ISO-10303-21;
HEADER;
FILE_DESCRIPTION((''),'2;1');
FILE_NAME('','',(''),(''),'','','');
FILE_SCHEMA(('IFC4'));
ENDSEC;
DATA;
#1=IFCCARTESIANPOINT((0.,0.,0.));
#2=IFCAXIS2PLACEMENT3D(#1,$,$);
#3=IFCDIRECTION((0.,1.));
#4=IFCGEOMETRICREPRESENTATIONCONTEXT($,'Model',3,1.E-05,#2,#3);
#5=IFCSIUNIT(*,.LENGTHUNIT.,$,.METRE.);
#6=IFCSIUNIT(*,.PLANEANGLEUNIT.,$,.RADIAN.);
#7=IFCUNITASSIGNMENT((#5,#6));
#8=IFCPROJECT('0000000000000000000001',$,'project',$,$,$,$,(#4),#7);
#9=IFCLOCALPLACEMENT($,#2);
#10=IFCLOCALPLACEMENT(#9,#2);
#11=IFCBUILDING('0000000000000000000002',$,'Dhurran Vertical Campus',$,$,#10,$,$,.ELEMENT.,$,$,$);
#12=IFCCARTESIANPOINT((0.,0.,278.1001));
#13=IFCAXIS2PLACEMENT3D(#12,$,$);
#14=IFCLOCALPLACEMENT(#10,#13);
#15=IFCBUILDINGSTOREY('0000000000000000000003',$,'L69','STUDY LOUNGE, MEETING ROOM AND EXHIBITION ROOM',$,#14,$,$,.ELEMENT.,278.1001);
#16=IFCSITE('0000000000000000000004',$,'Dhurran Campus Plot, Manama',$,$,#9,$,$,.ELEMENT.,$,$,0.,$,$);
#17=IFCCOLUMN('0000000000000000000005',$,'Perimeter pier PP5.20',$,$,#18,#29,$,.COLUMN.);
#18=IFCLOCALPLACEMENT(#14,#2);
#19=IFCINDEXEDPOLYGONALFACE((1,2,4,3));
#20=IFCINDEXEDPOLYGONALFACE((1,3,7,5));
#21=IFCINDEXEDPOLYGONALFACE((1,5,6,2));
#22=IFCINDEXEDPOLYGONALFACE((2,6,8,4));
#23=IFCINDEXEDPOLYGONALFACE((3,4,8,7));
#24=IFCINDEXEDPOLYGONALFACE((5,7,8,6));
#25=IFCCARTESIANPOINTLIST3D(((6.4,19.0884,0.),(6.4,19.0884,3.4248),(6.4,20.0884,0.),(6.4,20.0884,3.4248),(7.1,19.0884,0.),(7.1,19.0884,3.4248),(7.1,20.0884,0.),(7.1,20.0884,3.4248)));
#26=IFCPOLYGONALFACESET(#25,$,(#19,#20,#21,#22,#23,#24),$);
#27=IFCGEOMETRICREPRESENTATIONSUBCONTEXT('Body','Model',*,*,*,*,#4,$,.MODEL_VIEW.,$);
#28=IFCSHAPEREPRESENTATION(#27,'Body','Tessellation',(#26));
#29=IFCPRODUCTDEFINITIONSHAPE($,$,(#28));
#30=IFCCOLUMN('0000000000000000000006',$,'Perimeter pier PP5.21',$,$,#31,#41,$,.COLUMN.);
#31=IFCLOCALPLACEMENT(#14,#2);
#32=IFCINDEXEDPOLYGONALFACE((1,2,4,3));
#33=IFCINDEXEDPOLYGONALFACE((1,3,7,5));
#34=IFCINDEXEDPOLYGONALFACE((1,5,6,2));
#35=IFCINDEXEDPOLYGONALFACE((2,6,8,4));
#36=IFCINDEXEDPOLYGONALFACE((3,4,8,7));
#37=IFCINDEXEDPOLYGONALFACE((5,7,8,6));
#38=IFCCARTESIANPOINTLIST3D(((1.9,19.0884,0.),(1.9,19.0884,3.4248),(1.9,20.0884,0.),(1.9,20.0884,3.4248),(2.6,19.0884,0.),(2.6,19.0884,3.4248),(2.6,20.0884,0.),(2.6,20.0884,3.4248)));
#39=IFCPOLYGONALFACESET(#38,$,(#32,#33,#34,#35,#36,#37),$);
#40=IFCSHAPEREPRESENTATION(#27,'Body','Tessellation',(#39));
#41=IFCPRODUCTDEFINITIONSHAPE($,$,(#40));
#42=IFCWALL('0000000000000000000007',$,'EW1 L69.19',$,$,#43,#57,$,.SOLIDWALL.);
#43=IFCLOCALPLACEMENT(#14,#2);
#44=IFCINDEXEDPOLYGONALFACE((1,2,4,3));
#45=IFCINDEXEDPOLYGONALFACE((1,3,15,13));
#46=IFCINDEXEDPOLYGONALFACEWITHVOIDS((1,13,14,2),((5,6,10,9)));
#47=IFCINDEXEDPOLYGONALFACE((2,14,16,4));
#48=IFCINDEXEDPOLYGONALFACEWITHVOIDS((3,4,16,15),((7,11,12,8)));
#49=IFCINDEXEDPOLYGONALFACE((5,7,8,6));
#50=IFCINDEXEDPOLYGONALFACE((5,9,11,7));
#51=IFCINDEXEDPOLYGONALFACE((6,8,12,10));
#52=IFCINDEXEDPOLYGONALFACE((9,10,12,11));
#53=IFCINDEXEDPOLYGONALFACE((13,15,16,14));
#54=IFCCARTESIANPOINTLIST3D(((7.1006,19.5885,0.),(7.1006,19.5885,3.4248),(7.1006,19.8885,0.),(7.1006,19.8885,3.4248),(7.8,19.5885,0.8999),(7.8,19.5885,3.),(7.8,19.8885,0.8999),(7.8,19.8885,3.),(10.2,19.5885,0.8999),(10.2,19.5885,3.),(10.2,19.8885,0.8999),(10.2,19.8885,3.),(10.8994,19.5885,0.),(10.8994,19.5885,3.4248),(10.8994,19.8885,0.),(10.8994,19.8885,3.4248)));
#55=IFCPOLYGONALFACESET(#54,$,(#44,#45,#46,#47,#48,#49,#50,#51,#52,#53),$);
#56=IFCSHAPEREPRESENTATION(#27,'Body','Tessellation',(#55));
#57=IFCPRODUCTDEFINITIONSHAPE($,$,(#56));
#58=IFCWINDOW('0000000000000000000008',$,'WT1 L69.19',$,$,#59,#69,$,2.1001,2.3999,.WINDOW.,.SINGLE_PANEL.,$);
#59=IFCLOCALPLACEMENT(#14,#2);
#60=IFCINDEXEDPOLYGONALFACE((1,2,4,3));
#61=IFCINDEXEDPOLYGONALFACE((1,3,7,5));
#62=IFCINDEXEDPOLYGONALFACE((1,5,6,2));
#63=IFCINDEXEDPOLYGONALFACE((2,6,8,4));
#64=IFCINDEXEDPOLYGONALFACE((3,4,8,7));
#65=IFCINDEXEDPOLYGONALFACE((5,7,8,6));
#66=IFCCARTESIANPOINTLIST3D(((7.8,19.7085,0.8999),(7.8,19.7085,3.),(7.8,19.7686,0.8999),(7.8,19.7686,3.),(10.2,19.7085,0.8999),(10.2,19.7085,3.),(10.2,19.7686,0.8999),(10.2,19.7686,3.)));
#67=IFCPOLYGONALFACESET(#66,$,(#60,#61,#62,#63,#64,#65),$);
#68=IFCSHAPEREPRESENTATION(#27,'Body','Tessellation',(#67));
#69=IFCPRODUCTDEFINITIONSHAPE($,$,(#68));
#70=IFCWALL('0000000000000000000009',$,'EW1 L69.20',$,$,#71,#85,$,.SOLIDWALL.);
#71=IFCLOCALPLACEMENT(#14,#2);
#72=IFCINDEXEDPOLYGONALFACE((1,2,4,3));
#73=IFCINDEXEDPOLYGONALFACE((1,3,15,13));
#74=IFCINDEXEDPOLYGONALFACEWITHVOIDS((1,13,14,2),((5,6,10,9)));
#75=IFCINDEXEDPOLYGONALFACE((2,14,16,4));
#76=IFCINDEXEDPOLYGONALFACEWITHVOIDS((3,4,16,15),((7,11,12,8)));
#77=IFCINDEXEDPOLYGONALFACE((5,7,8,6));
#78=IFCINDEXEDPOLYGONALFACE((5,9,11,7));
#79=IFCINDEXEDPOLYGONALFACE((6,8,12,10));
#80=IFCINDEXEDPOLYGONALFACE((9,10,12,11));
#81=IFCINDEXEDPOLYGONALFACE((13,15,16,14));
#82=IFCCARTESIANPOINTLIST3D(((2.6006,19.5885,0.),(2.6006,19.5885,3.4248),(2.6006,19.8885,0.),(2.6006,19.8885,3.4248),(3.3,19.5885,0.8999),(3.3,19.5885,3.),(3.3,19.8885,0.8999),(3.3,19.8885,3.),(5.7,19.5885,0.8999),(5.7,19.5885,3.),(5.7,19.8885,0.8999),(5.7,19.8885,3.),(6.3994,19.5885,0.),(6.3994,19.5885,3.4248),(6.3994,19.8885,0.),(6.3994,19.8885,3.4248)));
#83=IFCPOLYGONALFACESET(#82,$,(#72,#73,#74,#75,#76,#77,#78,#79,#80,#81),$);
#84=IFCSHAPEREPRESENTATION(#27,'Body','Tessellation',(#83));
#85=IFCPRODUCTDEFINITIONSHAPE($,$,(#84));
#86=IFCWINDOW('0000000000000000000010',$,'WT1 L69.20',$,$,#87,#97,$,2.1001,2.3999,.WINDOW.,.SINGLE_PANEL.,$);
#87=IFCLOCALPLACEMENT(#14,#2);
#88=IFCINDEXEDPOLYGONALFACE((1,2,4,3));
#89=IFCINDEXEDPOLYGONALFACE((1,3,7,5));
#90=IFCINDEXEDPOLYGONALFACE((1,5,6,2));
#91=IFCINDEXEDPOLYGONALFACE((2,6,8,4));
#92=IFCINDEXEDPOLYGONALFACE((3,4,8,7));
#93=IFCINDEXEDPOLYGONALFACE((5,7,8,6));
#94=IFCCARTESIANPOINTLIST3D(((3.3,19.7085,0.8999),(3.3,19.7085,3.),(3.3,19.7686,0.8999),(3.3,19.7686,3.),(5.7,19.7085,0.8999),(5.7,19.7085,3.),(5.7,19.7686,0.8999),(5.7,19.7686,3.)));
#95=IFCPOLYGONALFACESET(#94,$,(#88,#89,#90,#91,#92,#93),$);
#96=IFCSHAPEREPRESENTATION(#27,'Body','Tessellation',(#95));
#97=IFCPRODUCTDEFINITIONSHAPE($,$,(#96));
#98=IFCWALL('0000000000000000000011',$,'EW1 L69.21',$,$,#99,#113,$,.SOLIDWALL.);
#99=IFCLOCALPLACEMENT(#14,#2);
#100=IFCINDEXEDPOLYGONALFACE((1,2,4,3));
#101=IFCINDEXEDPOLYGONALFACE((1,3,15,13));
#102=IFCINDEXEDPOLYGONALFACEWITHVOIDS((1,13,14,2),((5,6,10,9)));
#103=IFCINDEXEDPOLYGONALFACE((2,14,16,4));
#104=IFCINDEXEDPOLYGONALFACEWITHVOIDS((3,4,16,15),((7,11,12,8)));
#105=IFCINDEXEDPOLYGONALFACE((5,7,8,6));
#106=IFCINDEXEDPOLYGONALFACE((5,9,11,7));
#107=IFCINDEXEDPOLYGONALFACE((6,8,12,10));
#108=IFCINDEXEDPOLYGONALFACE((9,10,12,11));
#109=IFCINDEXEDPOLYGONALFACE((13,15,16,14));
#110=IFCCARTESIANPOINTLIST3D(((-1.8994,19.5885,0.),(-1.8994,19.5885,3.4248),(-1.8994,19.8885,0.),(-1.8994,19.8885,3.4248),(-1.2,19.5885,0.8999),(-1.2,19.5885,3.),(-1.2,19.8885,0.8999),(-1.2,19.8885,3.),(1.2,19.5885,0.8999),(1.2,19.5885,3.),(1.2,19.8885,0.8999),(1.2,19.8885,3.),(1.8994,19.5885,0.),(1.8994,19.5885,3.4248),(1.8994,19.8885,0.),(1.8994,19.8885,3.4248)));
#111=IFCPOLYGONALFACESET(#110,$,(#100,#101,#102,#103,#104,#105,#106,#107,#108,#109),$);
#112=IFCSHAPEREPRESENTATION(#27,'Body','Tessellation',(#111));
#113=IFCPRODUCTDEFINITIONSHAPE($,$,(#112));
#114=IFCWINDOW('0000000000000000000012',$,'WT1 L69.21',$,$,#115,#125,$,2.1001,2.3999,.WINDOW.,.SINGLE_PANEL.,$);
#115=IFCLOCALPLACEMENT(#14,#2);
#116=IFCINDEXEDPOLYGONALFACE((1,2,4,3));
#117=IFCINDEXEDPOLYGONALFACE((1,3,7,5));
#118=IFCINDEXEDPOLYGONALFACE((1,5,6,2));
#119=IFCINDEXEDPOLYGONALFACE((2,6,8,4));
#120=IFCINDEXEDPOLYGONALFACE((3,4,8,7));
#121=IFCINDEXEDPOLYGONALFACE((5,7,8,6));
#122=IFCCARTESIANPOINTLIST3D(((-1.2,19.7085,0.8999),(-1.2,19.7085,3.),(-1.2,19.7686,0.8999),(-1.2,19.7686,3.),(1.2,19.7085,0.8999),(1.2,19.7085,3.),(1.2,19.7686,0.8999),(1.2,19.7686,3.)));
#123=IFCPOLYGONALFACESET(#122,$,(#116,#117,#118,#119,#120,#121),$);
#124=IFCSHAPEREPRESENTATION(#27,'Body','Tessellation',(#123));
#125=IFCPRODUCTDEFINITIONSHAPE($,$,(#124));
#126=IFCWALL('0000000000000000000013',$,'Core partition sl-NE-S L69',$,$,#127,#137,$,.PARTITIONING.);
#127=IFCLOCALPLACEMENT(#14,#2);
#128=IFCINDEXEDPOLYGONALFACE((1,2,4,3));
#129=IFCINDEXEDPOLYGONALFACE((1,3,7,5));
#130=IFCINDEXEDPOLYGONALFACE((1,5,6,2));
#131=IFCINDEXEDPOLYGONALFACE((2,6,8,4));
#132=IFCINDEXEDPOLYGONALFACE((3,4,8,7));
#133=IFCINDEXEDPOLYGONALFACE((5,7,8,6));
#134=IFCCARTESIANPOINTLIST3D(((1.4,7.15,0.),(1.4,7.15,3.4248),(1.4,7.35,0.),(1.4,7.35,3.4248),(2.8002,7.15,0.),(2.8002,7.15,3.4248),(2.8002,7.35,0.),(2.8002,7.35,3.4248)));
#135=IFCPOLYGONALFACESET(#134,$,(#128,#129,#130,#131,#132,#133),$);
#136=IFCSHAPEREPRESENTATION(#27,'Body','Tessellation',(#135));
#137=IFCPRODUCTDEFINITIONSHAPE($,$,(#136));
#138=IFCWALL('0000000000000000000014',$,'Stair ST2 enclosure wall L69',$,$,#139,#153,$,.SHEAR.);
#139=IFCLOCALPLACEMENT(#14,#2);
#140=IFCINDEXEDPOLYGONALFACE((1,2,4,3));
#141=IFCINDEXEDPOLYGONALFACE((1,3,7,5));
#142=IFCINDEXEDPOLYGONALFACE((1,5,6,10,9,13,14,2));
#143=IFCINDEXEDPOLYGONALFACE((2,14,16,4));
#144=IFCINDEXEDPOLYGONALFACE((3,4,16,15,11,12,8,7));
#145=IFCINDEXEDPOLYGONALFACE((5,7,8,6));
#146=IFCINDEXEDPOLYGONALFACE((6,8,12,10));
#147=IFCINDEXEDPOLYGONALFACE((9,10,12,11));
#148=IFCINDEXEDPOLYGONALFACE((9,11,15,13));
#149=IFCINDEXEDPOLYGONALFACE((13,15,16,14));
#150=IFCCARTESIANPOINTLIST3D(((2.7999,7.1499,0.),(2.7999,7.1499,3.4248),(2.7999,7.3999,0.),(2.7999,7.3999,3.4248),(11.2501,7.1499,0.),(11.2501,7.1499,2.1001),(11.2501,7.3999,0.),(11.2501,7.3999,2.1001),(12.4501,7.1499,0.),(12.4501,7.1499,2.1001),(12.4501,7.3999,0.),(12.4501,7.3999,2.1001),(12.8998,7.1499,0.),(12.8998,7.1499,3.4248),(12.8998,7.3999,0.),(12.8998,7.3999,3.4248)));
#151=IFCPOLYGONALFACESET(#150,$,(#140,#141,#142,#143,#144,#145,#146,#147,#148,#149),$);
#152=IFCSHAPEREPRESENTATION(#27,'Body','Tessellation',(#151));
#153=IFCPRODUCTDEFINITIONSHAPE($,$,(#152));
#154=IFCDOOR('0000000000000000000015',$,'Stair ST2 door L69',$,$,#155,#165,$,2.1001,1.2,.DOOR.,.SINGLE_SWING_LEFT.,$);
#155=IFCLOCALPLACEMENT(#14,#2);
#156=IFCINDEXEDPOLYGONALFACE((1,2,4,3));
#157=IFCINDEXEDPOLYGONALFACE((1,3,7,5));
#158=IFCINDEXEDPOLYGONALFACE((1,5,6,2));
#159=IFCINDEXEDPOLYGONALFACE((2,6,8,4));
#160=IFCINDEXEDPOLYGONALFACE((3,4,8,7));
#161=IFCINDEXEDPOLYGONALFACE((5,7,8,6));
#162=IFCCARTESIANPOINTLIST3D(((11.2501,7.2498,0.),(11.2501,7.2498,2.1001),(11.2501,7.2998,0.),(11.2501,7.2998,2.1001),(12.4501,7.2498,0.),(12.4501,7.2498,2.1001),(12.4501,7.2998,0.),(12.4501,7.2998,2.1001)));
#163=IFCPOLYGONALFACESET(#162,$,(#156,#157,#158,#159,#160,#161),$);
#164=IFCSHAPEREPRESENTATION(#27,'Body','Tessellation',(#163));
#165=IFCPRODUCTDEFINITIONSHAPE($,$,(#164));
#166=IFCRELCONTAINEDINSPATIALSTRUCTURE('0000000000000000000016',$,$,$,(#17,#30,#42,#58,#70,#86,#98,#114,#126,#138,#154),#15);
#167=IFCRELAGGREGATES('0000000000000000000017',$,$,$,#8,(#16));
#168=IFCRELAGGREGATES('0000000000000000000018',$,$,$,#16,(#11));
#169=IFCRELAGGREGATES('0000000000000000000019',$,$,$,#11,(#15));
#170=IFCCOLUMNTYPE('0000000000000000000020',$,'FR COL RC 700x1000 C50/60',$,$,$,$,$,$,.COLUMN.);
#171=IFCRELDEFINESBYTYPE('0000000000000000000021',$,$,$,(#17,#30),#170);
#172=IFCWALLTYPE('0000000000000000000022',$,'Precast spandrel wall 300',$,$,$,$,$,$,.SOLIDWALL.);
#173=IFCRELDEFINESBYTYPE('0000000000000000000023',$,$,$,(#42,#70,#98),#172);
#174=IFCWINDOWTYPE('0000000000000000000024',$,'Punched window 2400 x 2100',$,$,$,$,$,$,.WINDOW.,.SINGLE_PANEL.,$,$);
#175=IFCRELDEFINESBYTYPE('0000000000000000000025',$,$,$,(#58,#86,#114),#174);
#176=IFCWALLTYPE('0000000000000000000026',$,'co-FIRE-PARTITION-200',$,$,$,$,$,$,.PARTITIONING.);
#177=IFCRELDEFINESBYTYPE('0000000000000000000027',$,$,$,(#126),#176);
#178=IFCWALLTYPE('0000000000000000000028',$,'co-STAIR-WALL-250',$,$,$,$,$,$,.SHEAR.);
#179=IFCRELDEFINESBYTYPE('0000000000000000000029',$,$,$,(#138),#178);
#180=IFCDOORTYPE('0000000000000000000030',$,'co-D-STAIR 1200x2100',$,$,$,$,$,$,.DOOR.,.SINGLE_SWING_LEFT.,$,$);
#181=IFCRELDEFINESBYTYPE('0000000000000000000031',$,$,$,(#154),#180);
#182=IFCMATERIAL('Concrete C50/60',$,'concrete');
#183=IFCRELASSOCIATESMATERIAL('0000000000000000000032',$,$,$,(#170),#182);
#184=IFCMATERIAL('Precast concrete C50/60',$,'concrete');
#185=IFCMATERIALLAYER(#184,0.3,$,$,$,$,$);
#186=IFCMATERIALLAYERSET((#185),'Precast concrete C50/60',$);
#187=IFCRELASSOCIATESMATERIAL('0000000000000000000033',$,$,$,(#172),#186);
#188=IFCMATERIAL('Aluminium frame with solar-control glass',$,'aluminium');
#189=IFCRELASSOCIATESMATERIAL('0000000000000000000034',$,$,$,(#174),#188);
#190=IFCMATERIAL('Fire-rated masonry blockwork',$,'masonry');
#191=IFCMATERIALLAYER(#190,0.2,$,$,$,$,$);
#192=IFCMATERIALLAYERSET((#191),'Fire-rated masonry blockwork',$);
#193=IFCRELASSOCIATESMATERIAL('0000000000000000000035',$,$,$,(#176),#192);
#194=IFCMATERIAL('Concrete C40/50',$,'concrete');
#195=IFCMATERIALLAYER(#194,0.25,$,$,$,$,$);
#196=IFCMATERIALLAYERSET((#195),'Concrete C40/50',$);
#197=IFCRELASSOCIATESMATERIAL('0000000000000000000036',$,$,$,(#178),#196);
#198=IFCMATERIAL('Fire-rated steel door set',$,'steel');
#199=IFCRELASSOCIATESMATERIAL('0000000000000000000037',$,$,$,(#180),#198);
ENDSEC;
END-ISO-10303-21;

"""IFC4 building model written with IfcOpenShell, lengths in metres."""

from ifc_helpers import new_model, si_unit, direction, frame, frame_2d, origin, origin_2d, place, context, subcontext, project, spatial, rectangle, extrude, material, layer, layer_set, material_profile, profile_set, type_object, element, fill, save


model = new_model("IFC4")

# Units and contexts
model_context = context("Model", 3, precision=1e-05, world=origin(), true_north=direction((0.0, 1.0)))
body_context = subcontext(model_context, "Body", "Model", "MODEL_VIEW")
ifc_project = project(units=[si_unit("LENGTHUNIT", "METRE"), si_unit("PLANEANGLEUNIT", "RADIAN")], contexts=[model_context])

# Site, building, storey
site_placement = place(None, origin())
site = spatial("IfcSite", under=ifc_project, at=site_placement, Name="Dhurran Campus Plot, Manama", CompositionType="ELEMENT", RefElevation=0.0)
building_placement = place(site_placement, origin())
building = spatial("IfcBuilding", under=site, at=building_placement, Name="Dhurran Vertical Campus", CompositionType="ELEMENT")
storey_placement = place(building_placement, frame((0.0, 0.0, 278.1001)))
storey = spatial("IfcBuildingStorey", under=building, at=storey_placement, Name="L69", Description="STUDY LOUNGE, MEETING ROOM AND EXHIBITION ROOM", CompositionType="ELEMENT", Elevation=278.1001)

# Columns
ifc_material_1 = material(Name="Concrete C50/60", Category="concrete")
ifc_material_profile = material_profile(ifc_material_1, rectangle(XDim=0.7, YDim=1.0, at=origin_2d()), Name="RC 700x1000")
ifc_profile_set = profile_set([ifc_material_profile], Name="Concrete C50/60")
column_type = type_object("IfcColumnType", Name="FR COL RC 700x1000 C50/60", PredefinedType="COLUMN", material=ifc_profile_set)
for number, where, z_axis, x_axis, name in (
    (1, (6.75, 19.5884, 0.0), (0.0, 0.0, 1.0), (-1.0, 0.0, 0.0), "Perimeter pier PP5.20"),
    (2, (2.25, 19.5884, 0.0), (0.0, 0.0, 1.0), (-1.0, 0.0, 0.0), "Perimeter pier PP5.21"),
):
    element("IfcColumn", number, at=place(storey_placement, frame(where, z_axis=z_axis, x_axis=x_axis)), inside=storey, type_object=column_type, Name=name, PredefinedType="COLUMN", context=body_context, shape_type="SweptSolid", body=[
        extrude(rectangle(XDim=0.7, YDim=1.0, at=origin_2d()), origin(), (0.0, 0.0, 1.0), 3.4248),
    ])

# Walls, openings, windows
ifc_material_2 = material(Name="Precast concrete C50/60", Category="concrete")
ifc_layer_1 = layer(ifc_material_2, 0.3)
ifc_layer_set_1 = layer_set([ifc_layer_1], Name="Precast concrete C50/60")
wall_type_1 = type_object("IfcWallType", Name="Precast spandrel wall 300", PredefinedType="SOLIDWALL", material=ifc_layer_set_1)
wall_1_placement = place(storey_placement, frame((10.8994, 19.7385, 0.0), z_axis=(0.0, 0.0, 1.0), x_axis=(-1.0, 0.0, 0.0)))
wall_1 = element("IfcWall", 3, at=wall_1_placement, inside=storey, type_object=wall_type_1, Name="EW1 L69.19", PredefinedType="SOLIDWALL", context=body_context, shape_type="SweptSolid", body=[
    extrude(rectangle(XDim=3.7988, YDim=0.3, at=frame_2d((1.8994, 0.0))), origin(), (0.0, 0.0, 1.0), 3.4248),
])
opening_1_placement = place(wall_1_placement, frame((0.6995, 0.0, 0.8999)))
opening_1 = element("IfcOpeningElement", 4, at=opening_1_placement, cuts=wall_1, PredefinedType="OPENING", context=body_context, shape_type="SweptSolid", body=[
    extrude(rectangle(XDim=2.3999, YDim=2.1001, at=frame_2d((1.2, 1.05))), frame((0.0, 0.1599, 0.0), z_axis=(0.0, -1.0, 0.0), x_axis=(1.0, 0.0, 0.0)), (0.0, 0.0, 1.0), 0.3201),
])
ifc_material_3 = material(Name="Aluminium frame with solar-control glass", Category="aluminium")
window_type = type_object("IfcWindowType", Name="Punched window 2400 x 2100", PartitioningType="SINGLE_PANEL", PredefinedType="WINDOW", material=ifc_material_3)
window_1_placement = place(opening_1_placement, origin())
window_1 = element("IfcWindow", 5, at=window_1_placement, inside=storey, type_object=window_type, Name="WT1 L69.19", OverallHeight=2.1001, OverallWidth=2.3999, PartitioningType="SINGLE_PANEL", PredefinedType="WINDOW", context=body_context, shape_type="SweptSolid", body=[
    extrude(rectangle(XDim=2.3999, YDim=2.1001, at=frame_2d((1.2, 1.05))), frame((0.0, 0.03, 0.0), z_axis=(0.0, -1.0, 0.0), x_axis=(1.0, 0.0, 0.0)), (0.0, 0.0, 1.0), 0.0601),
])
fill(opening_1, window_1)
wall_2_placement = place(storey_placement, frame((6.3994, 19.7385, 0.0), z_axis=(0.0, 0.0, 1.0), x_axis=(-1.0, 0.0, 0.0)))
wall_2 = element("IfcWall", 6, at=wall_2_placement, inside=storey, type_object=wall_type_1, Name="EW1 L69.20", PredefinedType="SOLIDWALL", context=body_context, shape_type="SweptSolid", body=[
    extrude(rectangle(XDim=3.7988, YDim=0.3, at=frame_2d((1.8994, 0.0))), origin(), (0.0, 0.0, 1.0), 3.4248),
])
opening_2_placement = place(wall_2_placement, frame((0.6995, 0.0, 0.8999)))
opening_2 = element("IfcOpeningElement", 7, at=opening_2_placement, cuts=wall_2, PredefinedType="OPENING", context=body_context, shape_type="SweptSolid", body=[
    extrude(rectangle(XDim=2.3999, YDim=2.1001, at=frame_2d((1.2, 1.05))), frame((0.0, 0.1599, 0.0), z_axis=(0.0, -1.0, 0.0), x_axis=(1.0, 0.0, 0.0)), (0.0, 0.0, 1.0), 0.3201),
])
window_2_placement = place(opening_2_placement, origin())
window_2 = element("IfcWindow", 8, at=window_2_placement, inside=storey, type_object=window_type, Name="WT1 L69.20", OverallHeight=2.1001, OverallWidth=2.3999, PartitioningType="SINGLE_PANEL", PredefinedType="WINDOW", context=body_context, shape_type="SweptSolid", body=[
    extrude(rectangle(XDim=2.3999, YDim=2.1001, at=frame_2d((1.2, 1.05))), frame((0.0, 0.03, 0.0), z_axis=(0.0, -1.0, 0.0), x_axis=(1.0, 0.0, 0.0)), (0.0, 0.0, 1.0), 0.0601),
])
fill(opening_2, window_2)
wall_3_placement = place(storey_placement, frame((1.8994, 19.7385, 0.0), z_axis=(0.0, 0.0, 1.0), x_axis=(-1.0, 0.0, 0.0)))
wall_3 = element("IfcWall", 9, at=wall_3_placement, inside=storey, type_object=wall_type_1, Name="EW1 L69.21", PredefinedType="SOLIDWALL", context=body_context, shape_type="SweptSolid", body=[
    extrude(rectangle(XDim=3.7988, YDim=0.3, at=frame_2d((1.8994, 0.0))), origin(), (0.0, 0.0, 1.0), 3.4248),
])
opening_3_placement = place(wall_3_placement, frame((0.6995, 0.0, 0.8999)))
opening_3 = element("IfcOpeningElement", 10, at=opening_3_placement, cuts=wall_3, PredefinedType="OPENING", context=body_context, shape_type="SweptSolid", body=[
    extrude(rectangle(XDim=2.3999, YDim=2.1001, at=frame_2d((1.2, 1.05))), frame((0.0, 0.1599, 0.0), z_axis=(0.0, -1.0, 0.0), x_axis=(1.0, 0.0, 0.0)), (0.0, 0.0, 1.0), 0.3201),
])
window_3_placement = place(opening_3_placement, origin())
window_3 = element("IfcWindow", 11, at=window_3_placement, inside=storey, type_object=window_type, Name="WT1 L69.21", OverallHeight=2.1001, OverallWidth=2.3999, PartitioningType="SINGLE_PANEL", PredefinedType="WINDOW", context=body_context, shape_type="SweptSolid", body=[
    extrude(rectangle(XDim=2.3999, YDim=2.1001, at=frame_2d((1.2, 1.05))), frame((0.0, 0.03, 0.0), z_axis=(0.0, -1.0, 0.0), x_axis=(1.0, 0.0, 0.0)), (0.0, 0.0, 1.0), 0.0601),
])
fill(opening_3, window_3)

# Wall
ifc_material_4 = material(Name="Fire-rated masonry blockwork", Category="masonry")
ifc_layer_2 = layer(ifc_material_4, 0.2)
ifc_layer_set_2 = layer_set([ifc_layer_2], Name="Fire-rated masonry blockwork")
wall_type_2 = type_object("IfcWallType", Name="co-FIRE-PARTITION-200", PredefinedType="PARTITIONING", material=ifc_layer_set_2)
wall_4_placement = place(storey_placement, frame((1.3999, 7.25, 0.0), z_axis=(0.0, 0.0, 1.0), x_axis=(1.0, 0.0, 0.0)))
element("IfcWall", 12, at=wall_4_placement, inside=storey, type_object=wall_type_2, Name="Core partition sl-NE-S L69", PredefinedType="PARTITIONING", context=body_context, shape_type="SweptSolid", body=[
    extrude(rectangle(XDim=1.4001, YDim=0.2, at=frame_2d((0.7002, 0.0))), origin(), (0.0, 0.0, 1.0), 3.4248),
])

# Wall, opening, door
ifc_material_5 = material(Name="Concrete C40/50", Category="concrete")
ifc_layer_3 = layer(ifc_material_5, 0.25)
ifc_layer_set_3 = layer_set([ifc_layer_3], Name="Concrete C40/50")
wall_type_3 = type_object("IfcWallType", Name="co-STAIR-WALL-250", PredefinedType="SHEAR", material=ifc_layer_set_3)
wall_5_placement = place(storey_placement, frame((2.8, 7.2749, 0.0), z_axis=(0.0, 0.0, 1.0), x_axis=(1.0, 0.0, 0.0)))
wall_5 = element("IfcWall", 13, at=wall_5_placement, inside=storey, type_object=wall_type_3, Name="Stair ST2 enclosure wall L69", PredefinedType="SHEAR", context=body_context, shape_type="SweptSolid", body=[
    extrude(rectangle(XDim=10.0999, YDim=0.25, at=frame_2d((5.0498, 0.0))), origin(), (0.0, 0.0, 1.0), 3.4248),
])
opening_4_placement = place(wall_5_placement, frame((8.45, 0.0, 0.0)))
opening_4 = element("IfcOpeningElement", 14, at=opening_4_placement, cuts=wall_5, PredefinedType="OPENING", context=body_context, shape_type="SweptSolid", body=[
    extrude(rectangle(XDim=1.2, YDim=2.1001, at=frame_2d((0.6001, 1.05))), frame((0.0, 0.135, 0.0), z_axis=(0.0, -1.0, 0.0), x_axis=(1.0, 0.0, 0.0)), (0.0, 0.0, 1.0), 0.27),
])
ifc_material_6 = material(Name="Fire-rated steel door set", Category="steel")
door_type_1 = type_object("IfcDoorType", Name="co-D-STAIR 1200x2100", OperationType="SINGLE_SWING_LEFT", PredefinedType="DOOR", material=ifc_material_6)
door_1_placement = place(opening_4_placement, origin())
door_1 = element("IfcDoor", 15, at=door_1_placement, inside=storey, type_object=door_type_1, Name="Stair ST2 door L69", OperationType="SINGLE_SWING_LEFT", OverallHeight=2.1001, OverallWidth=1.2, PredefinedType="DOOR", context=body_context, shape_type="SweptSolid", body=[
    extrude(rectangle(XDim=1.2, YDim=2.1001, at=frame_2d((0.6001, 1.05))), frame((0.0, 0.0249, 0.0), z_axis=(0.0, -1.0, 0.0), x_axis=(1.0, 0.0, 0.0)), (0.0, 0.0, 1.0), 0.05),
])
fill(opening_4, door_1)

save(model, "model.ifc")
